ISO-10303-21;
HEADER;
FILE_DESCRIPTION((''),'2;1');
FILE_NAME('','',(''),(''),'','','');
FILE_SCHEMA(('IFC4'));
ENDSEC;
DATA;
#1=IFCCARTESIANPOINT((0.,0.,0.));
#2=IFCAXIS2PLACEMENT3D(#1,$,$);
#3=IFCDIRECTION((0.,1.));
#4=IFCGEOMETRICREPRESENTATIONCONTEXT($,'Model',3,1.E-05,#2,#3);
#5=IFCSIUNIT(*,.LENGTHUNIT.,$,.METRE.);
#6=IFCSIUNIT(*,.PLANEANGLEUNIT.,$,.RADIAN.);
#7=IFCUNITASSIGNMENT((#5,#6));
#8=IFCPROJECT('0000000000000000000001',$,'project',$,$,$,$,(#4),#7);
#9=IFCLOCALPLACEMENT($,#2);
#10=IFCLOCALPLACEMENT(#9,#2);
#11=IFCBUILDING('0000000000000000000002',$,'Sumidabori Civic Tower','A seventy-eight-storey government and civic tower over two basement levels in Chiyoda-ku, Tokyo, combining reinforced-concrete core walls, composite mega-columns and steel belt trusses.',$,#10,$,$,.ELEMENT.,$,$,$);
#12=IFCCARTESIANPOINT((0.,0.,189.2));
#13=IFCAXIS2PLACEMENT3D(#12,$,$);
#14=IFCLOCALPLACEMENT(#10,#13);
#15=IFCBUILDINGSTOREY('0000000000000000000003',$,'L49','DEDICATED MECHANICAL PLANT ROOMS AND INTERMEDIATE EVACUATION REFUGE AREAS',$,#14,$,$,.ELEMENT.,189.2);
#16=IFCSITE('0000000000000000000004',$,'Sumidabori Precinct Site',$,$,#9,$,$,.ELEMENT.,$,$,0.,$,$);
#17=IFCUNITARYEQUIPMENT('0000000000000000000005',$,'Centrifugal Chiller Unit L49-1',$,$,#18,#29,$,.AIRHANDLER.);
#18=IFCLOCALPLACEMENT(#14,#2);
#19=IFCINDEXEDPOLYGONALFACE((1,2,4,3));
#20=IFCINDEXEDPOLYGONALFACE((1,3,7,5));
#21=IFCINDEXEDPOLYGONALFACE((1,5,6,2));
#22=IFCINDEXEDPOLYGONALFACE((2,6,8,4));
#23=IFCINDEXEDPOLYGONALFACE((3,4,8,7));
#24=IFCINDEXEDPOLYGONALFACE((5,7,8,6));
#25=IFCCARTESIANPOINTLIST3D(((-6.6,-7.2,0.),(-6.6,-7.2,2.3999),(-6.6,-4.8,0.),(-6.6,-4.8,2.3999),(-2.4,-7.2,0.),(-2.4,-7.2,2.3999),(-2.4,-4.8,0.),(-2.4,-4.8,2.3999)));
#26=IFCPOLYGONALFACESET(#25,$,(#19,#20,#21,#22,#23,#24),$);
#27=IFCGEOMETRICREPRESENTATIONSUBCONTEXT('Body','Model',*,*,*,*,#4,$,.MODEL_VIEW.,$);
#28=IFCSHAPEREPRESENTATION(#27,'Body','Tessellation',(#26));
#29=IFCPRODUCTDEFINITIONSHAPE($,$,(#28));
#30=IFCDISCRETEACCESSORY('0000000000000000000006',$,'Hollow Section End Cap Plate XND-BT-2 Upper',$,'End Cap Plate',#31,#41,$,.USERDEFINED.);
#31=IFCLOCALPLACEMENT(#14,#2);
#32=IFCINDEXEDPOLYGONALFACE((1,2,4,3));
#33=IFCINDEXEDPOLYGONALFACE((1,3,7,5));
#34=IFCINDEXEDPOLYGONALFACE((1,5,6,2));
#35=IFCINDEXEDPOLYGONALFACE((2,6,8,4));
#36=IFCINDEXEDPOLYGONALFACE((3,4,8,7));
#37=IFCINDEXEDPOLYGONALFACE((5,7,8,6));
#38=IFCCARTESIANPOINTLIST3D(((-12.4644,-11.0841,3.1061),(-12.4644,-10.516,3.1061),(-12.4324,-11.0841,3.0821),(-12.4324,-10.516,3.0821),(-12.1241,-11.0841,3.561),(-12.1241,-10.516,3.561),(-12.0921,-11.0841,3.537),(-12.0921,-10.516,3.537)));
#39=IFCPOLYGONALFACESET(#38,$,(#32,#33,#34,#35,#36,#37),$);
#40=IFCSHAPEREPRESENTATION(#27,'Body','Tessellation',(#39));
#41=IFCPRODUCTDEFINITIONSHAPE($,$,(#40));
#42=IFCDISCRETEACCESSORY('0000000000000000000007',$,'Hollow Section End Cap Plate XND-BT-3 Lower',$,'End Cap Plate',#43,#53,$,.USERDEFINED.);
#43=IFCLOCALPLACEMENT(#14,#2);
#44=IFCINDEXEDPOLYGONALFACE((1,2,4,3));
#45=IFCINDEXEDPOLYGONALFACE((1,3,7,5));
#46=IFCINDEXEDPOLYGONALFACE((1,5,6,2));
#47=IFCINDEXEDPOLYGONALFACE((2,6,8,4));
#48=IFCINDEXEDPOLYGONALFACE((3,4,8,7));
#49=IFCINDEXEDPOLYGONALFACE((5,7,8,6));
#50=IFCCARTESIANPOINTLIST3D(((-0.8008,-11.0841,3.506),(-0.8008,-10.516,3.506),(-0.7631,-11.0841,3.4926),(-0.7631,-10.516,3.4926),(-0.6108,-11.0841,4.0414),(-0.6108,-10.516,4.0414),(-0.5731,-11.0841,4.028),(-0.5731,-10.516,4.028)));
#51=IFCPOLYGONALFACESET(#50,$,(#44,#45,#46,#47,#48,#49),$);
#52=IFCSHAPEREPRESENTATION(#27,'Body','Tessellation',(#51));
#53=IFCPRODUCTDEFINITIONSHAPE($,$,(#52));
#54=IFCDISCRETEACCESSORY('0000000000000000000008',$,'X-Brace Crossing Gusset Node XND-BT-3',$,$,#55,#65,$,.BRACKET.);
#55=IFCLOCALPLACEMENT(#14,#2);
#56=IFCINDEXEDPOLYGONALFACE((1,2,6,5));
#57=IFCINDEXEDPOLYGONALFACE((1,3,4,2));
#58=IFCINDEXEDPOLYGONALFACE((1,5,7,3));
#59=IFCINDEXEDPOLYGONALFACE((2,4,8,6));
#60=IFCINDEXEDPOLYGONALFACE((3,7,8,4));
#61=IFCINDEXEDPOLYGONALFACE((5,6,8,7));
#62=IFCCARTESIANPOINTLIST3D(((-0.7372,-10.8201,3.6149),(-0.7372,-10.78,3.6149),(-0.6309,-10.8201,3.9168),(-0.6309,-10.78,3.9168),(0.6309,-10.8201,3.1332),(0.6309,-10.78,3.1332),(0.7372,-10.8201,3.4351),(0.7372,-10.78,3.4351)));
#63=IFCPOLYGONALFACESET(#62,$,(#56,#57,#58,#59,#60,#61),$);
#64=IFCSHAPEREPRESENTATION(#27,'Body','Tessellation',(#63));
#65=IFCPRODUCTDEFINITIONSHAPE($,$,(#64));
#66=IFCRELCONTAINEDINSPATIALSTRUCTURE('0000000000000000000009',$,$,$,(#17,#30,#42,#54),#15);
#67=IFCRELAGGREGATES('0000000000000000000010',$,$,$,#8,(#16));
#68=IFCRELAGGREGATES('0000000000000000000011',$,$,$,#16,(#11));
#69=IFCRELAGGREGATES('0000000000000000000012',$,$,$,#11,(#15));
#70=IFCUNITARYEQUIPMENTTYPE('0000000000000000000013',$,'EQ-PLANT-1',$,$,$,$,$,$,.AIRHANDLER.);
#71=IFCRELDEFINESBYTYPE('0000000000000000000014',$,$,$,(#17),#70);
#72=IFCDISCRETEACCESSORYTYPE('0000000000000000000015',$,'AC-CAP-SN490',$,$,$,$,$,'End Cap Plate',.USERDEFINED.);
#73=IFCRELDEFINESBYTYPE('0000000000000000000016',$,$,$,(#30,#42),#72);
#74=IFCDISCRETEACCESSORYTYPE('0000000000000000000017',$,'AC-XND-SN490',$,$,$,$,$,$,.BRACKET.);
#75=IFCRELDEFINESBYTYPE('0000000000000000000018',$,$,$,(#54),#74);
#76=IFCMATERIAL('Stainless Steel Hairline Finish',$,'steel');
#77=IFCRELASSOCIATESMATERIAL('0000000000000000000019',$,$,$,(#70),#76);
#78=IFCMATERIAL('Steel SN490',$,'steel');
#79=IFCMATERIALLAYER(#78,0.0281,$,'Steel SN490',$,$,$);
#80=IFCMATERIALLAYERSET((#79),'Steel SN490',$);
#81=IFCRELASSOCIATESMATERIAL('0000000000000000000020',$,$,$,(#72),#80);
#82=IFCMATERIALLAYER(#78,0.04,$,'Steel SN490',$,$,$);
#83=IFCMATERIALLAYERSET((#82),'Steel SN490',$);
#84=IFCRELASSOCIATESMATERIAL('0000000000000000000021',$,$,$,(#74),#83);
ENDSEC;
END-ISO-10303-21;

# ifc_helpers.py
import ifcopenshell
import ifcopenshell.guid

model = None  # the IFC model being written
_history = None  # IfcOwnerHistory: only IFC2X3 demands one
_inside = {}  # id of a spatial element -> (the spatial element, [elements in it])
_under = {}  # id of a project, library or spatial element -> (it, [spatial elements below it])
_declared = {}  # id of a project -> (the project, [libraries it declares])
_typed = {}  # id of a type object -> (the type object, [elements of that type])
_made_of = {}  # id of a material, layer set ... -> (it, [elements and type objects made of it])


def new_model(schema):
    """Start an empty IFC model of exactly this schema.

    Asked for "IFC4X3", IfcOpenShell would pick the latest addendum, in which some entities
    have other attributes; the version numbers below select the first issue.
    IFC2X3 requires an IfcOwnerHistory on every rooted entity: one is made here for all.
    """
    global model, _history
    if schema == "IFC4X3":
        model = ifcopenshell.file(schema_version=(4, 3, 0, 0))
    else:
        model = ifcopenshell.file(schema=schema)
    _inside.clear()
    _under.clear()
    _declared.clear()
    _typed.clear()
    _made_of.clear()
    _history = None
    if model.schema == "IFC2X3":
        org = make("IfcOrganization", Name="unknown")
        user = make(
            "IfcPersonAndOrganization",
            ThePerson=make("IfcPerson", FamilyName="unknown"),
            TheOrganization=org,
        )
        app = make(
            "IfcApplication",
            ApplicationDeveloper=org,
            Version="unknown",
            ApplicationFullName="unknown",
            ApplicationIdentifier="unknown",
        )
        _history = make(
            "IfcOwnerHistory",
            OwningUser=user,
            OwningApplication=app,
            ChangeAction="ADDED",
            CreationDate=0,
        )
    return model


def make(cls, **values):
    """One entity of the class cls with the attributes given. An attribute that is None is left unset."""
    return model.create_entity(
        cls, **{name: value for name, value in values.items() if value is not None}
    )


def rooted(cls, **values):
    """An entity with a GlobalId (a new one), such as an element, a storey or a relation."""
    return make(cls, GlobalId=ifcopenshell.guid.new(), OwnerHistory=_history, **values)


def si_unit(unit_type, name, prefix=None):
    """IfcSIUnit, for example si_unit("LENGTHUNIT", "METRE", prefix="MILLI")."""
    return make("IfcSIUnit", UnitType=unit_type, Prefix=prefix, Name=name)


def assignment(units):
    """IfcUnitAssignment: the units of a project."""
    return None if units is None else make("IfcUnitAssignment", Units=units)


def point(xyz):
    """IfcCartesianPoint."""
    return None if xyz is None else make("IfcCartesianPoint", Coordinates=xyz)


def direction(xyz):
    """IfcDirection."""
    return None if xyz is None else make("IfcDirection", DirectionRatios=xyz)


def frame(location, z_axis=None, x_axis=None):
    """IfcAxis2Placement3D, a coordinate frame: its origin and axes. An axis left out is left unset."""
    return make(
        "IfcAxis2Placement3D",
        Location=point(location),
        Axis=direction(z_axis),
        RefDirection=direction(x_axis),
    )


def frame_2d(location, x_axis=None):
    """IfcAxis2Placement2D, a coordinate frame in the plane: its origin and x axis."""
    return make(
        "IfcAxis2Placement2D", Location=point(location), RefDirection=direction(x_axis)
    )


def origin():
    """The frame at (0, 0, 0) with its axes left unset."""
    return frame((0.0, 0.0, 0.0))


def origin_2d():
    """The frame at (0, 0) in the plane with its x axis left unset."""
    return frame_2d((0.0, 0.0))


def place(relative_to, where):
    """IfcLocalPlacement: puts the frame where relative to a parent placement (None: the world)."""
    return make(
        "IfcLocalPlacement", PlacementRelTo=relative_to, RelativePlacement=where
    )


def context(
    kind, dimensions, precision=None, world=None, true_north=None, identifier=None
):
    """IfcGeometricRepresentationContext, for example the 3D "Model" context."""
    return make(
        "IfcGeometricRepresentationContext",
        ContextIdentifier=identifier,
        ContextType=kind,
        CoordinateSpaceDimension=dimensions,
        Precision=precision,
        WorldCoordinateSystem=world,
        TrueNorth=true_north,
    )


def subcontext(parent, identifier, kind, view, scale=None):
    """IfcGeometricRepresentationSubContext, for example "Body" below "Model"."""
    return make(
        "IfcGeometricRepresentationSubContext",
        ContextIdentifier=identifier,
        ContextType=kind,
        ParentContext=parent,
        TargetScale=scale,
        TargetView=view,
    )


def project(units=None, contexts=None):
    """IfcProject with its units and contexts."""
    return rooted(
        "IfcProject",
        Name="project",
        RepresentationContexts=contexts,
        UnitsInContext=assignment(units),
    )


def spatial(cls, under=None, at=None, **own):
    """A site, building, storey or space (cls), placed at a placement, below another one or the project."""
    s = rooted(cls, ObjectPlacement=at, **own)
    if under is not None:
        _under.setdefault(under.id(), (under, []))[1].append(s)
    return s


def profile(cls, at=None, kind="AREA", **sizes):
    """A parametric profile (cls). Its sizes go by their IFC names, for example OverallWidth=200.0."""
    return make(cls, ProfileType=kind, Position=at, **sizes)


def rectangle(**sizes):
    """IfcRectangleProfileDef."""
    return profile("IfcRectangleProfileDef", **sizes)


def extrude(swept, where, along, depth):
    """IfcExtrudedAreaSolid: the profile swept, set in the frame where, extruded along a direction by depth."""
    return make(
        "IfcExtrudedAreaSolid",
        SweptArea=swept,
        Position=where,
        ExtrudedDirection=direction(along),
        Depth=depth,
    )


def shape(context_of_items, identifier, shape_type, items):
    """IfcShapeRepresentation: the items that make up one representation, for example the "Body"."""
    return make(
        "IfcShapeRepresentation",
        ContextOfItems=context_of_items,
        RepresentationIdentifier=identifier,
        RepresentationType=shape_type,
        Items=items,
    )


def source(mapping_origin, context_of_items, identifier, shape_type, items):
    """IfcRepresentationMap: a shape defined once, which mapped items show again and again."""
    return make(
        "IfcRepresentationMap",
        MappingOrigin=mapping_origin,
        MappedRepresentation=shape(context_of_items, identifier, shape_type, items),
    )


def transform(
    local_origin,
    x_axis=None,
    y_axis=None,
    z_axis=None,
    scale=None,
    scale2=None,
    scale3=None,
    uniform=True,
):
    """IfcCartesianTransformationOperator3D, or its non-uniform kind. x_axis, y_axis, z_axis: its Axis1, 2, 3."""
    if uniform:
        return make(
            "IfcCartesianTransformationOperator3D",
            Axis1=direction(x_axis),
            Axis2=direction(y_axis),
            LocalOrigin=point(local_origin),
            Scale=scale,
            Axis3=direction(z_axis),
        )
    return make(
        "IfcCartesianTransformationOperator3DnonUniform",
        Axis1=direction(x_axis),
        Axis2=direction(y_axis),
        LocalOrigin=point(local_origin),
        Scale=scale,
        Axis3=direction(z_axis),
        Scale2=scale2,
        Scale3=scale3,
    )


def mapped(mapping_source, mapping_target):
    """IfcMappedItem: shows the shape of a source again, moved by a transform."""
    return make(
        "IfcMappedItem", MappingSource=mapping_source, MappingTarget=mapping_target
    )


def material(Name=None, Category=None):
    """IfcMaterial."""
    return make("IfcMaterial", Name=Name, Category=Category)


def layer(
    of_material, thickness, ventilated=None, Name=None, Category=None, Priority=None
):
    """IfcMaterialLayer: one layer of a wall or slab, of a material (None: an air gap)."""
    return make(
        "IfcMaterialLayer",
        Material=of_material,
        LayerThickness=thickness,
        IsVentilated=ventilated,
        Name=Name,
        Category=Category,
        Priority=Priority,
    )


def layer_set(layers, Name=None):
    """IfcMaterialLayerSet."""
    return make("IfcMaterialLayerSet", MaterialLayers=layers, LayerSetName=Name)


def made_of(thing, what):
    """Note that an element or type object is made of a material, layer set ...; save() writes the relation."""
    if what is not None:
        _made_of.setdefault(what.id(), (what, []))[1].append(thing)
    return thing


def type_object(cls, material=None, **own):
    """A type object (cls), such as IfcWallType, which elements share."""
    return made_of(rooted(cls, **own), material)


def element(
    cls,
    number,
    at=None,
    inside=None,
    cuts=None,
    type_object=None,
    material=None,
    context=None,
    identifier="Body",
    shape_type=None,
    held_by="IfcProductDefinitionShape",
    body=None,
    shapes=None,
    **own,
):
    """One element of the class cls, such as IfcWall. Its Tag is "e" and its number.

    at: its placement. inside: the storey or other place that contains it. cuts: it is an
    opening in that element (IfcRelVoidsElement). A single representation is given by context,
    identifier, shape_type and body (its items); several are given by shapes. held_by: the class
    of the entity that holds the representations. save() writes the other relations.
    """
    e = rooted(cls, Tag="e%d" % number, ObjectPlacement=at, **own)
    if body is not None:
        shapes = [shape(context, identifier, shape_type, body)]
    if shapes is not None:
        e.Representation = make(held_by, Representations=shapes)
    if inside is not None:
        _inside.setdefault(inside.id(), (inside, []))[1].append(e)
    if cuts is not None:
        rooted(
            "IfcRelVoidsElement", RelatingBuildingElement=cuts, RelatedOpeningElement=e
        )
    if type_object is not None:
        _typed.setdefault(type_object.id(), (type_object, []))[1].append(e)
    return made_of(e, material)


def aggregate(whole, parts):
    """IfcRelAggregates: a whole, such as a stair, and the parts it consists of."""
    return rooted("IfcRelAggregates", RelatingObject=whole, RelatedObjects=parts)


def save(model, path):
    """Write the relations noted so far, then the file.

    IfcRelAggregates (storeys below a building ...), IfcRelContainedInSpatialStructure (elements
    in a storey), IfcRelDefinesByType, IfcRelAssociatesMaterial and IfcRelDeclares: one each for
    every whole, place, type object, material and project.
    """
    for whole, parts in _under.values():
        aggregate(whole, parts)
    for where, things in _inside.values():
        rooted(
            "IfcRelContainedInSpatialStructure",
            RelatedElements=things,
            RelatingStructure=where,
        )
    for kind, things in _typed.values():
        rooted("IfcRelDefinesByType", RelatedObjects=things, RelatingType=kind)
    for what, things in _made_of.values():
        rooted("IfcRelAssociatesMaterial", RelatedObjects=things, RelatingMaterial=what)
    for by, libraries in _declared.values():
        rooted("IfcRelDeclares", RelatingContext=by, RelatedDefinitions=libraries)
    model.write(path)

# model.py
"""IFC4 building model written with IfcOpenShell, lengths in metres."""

from ifc_helpers import new_model, si_unit, direction, frame, origin, origin_2d, place, context, subcontext, project, spatial, rectangle, extrude, source, transform, mapped, material, layer, layer_set, type_object, element, save


model = new_model("IFC4")

# Units and contexts
model_context = context("Model", 3, precision=1e-05, world=origin(), true_north=direction((0.0, 1.0)))
body_context = subcontext(model_context, "Body", "Model", "MODEL_VIEW")
ifc_project = project(units=[si_unit("LENGTHUNIT", "METRE"), si_unit("PLANEANGLEUNIT", "RADIAN")], contexts=[model_context])

# Site, building, storey
site_placement = place(None, origin())
site = spatial("IfcSite", under=ifc_project, at=site_placement, Name="Sumidabori Precinct Site", CompositionType="ELEMENT", RefElevation=0.0)
building_placement = place(site_placement, origin())
building = spatial("IfcBuilding", under=site, at=building_placement, Name="Sumidabori Civic Tower", Description="A seventy-eight-storey government and civic tower over two basement levels in Chiyoda-ku, Tokyo, combining reinforced-concrete core walls, composite mega-columns and steel belt trusses.", CompositionType="ELEMENT")
storey_placement = place(building_placement, frame((0.0, 0.0, 189.2)))
storey = spatial("IfcBuildingStorey", under=building, at=storey_placement, Name="L49", Description="DEDICATED MECHANICAL PLANT ROOMS AND INTERMEDIATE EVACUATION REFUGE AREAS", CompositionType="ELEMENT", Elevation=189.2)

# Shared definitions
ifc_material_1 = material(Name="Steel SN490", Category="steel")

# Unitary equipment
ifc_material_2 = material(Name="Stainless Steel Hairline Finish", Category="steel")
unitary_equipment_type = type_object("IfcUnitaryEquipmentType", Name="EQ-PLANT-1", PredefinedType="AIRHANDLER", material=ifc_material_2)
shared_shape_1 = source(origin(), body_context, "Body", "SweptSolid", [
    extrude(rectangle(XDim=4.2, YDim=2.3999, at=origin_2d()), origin(), (0.0, 0.0, 1.0), 2.3999),
])
unitary_equipment_placement = place(storey_placement, frame((-4.5, -6.0, 0.0), z_axis=(0.0, 0.0, 1.0), x_axis=(1.0, 0.0, 0.0)))
element("IfcUnitaryEquipment", 1, at=unitary_equipment_placement, inside=storey, type_object=unitary_equipment_type, Name="Centrifugal Chiller Unit L49-1", PredefinedType="AIRHANDLER", context=body_context, shape_type="MappedRepresentation", body=[
    mapped(shared_shape_1, transform((0.0, 0.0, 0.0), x_axis=(1.0, 0.0, 0.0), y_axis=(0.0, 1.0, 0.0), z_axis=(0.0, 0.0, 1.0), scale=1.0)),
])

# Discrete accessories
ifc_layer_1 = layer(ifc_material_1, 0.0281, Name="Steel SN490")
ifc_layer_set_1 = layer_set([ifc_layer_1], Name="Steel SN490")
discrete_accessory_type_1 = type_object("IfcDiscreteAccessoryType", Name="AC-CAP-SN490", ElementType="End Cap Plate", PredefinedType="USERDEFINED", material=ifc_layer_set_1)
shared_shape_2 = source(origin(), body_context, "Body", "SweptSolid", [
    extrude(rectangle(XDim=0.5681, YDim=0.5681, at=origin_2d()), origin(), (0.0, 0.0, 1.0), 0.04),
])
for number, where, z_axis, x_axis, name in (
    (2, (-12.2622, -10.8, 3.3096), (-0.800733, 0.0, 0.599022), (0.0, -1.0, 0.0), "Hollow Section End Cap Plate XND-BT-2 Upper"),
    (3, (-0.7058, -10.8, 3.7737), (0.942428, 0.0, -0.33441), (0.0, 1.0, 0.0), "Hollow Section End Cap Plate XND-BT-3 Lower"),
):
    element("IfcDiscreteAccessory", number, at=place(storey_placement, frame(where, z_axis=z_axis, x_axis=x_axis)), inside=storey, type_object=discrete_accessory_type_1, Name=name, ObjectType="End Cap Plate", PredefinedType="USERDEFINED", context=body_context, shape_type="MappedRepresentation", body=[
        mapped(shared_shape_2, transform((0.0, 0.0, 0.0), x_axis=(1.0, 0.0, 0.0), y_axis=(0.0, 1.0, 0.0), z_axis=(0.0, 0.0, 1.0), scale=1.0)),
    ])
ifc_layer_2 = layer(ifc_material_1, 0.04, Name="Steel SN490")
ifc_layer_set_2 = layer_set([ifc_layer_2], Name="Steel SN490")
discrete_accessory_type_2 = type_object("IfcDiscreteAccessoryType", Name="AC-XND-SN490", PredefinedType="BRACKET", material=ifc_layer_set_2)
shared_shape_3 = source(origin(), body_context, "Body", "SweptSolid", [
    extrude(rectangle(XDim=0.04, YDim=0.3201, at=origin_2d()), origin(), (0.0, 0.0, 1.0), 1.4504),
])
discrete_accessory_placement = place(storey_placement, frame((-0.6841, -10.8, 3.7659), z_axis=(0.943248, 0.0, -0.332089), x_axis=(0.0, 1.0, 0.0)))
element("IfcDiscreteAccessory", 4, at=discrete_accessory_placement, inside=storey, type_object=discrete_accessory_type_2, Name="X-Brace Crossing Gusset Node XND-BT-3", PredefinedType="BRACKET", context=body_context, shape_type="MappedRepresentation", body=[
    mapped(shared_shape_3, transform((0.0, 0.0, 0.0), x_axis=(1.0, 0.0, 0.0), y_axis=(0.0, 1.0, 0.0), z_axis=(0.0, 0.0, 1.0), scale=1.0)),
])

save(model, "model.ifc")
